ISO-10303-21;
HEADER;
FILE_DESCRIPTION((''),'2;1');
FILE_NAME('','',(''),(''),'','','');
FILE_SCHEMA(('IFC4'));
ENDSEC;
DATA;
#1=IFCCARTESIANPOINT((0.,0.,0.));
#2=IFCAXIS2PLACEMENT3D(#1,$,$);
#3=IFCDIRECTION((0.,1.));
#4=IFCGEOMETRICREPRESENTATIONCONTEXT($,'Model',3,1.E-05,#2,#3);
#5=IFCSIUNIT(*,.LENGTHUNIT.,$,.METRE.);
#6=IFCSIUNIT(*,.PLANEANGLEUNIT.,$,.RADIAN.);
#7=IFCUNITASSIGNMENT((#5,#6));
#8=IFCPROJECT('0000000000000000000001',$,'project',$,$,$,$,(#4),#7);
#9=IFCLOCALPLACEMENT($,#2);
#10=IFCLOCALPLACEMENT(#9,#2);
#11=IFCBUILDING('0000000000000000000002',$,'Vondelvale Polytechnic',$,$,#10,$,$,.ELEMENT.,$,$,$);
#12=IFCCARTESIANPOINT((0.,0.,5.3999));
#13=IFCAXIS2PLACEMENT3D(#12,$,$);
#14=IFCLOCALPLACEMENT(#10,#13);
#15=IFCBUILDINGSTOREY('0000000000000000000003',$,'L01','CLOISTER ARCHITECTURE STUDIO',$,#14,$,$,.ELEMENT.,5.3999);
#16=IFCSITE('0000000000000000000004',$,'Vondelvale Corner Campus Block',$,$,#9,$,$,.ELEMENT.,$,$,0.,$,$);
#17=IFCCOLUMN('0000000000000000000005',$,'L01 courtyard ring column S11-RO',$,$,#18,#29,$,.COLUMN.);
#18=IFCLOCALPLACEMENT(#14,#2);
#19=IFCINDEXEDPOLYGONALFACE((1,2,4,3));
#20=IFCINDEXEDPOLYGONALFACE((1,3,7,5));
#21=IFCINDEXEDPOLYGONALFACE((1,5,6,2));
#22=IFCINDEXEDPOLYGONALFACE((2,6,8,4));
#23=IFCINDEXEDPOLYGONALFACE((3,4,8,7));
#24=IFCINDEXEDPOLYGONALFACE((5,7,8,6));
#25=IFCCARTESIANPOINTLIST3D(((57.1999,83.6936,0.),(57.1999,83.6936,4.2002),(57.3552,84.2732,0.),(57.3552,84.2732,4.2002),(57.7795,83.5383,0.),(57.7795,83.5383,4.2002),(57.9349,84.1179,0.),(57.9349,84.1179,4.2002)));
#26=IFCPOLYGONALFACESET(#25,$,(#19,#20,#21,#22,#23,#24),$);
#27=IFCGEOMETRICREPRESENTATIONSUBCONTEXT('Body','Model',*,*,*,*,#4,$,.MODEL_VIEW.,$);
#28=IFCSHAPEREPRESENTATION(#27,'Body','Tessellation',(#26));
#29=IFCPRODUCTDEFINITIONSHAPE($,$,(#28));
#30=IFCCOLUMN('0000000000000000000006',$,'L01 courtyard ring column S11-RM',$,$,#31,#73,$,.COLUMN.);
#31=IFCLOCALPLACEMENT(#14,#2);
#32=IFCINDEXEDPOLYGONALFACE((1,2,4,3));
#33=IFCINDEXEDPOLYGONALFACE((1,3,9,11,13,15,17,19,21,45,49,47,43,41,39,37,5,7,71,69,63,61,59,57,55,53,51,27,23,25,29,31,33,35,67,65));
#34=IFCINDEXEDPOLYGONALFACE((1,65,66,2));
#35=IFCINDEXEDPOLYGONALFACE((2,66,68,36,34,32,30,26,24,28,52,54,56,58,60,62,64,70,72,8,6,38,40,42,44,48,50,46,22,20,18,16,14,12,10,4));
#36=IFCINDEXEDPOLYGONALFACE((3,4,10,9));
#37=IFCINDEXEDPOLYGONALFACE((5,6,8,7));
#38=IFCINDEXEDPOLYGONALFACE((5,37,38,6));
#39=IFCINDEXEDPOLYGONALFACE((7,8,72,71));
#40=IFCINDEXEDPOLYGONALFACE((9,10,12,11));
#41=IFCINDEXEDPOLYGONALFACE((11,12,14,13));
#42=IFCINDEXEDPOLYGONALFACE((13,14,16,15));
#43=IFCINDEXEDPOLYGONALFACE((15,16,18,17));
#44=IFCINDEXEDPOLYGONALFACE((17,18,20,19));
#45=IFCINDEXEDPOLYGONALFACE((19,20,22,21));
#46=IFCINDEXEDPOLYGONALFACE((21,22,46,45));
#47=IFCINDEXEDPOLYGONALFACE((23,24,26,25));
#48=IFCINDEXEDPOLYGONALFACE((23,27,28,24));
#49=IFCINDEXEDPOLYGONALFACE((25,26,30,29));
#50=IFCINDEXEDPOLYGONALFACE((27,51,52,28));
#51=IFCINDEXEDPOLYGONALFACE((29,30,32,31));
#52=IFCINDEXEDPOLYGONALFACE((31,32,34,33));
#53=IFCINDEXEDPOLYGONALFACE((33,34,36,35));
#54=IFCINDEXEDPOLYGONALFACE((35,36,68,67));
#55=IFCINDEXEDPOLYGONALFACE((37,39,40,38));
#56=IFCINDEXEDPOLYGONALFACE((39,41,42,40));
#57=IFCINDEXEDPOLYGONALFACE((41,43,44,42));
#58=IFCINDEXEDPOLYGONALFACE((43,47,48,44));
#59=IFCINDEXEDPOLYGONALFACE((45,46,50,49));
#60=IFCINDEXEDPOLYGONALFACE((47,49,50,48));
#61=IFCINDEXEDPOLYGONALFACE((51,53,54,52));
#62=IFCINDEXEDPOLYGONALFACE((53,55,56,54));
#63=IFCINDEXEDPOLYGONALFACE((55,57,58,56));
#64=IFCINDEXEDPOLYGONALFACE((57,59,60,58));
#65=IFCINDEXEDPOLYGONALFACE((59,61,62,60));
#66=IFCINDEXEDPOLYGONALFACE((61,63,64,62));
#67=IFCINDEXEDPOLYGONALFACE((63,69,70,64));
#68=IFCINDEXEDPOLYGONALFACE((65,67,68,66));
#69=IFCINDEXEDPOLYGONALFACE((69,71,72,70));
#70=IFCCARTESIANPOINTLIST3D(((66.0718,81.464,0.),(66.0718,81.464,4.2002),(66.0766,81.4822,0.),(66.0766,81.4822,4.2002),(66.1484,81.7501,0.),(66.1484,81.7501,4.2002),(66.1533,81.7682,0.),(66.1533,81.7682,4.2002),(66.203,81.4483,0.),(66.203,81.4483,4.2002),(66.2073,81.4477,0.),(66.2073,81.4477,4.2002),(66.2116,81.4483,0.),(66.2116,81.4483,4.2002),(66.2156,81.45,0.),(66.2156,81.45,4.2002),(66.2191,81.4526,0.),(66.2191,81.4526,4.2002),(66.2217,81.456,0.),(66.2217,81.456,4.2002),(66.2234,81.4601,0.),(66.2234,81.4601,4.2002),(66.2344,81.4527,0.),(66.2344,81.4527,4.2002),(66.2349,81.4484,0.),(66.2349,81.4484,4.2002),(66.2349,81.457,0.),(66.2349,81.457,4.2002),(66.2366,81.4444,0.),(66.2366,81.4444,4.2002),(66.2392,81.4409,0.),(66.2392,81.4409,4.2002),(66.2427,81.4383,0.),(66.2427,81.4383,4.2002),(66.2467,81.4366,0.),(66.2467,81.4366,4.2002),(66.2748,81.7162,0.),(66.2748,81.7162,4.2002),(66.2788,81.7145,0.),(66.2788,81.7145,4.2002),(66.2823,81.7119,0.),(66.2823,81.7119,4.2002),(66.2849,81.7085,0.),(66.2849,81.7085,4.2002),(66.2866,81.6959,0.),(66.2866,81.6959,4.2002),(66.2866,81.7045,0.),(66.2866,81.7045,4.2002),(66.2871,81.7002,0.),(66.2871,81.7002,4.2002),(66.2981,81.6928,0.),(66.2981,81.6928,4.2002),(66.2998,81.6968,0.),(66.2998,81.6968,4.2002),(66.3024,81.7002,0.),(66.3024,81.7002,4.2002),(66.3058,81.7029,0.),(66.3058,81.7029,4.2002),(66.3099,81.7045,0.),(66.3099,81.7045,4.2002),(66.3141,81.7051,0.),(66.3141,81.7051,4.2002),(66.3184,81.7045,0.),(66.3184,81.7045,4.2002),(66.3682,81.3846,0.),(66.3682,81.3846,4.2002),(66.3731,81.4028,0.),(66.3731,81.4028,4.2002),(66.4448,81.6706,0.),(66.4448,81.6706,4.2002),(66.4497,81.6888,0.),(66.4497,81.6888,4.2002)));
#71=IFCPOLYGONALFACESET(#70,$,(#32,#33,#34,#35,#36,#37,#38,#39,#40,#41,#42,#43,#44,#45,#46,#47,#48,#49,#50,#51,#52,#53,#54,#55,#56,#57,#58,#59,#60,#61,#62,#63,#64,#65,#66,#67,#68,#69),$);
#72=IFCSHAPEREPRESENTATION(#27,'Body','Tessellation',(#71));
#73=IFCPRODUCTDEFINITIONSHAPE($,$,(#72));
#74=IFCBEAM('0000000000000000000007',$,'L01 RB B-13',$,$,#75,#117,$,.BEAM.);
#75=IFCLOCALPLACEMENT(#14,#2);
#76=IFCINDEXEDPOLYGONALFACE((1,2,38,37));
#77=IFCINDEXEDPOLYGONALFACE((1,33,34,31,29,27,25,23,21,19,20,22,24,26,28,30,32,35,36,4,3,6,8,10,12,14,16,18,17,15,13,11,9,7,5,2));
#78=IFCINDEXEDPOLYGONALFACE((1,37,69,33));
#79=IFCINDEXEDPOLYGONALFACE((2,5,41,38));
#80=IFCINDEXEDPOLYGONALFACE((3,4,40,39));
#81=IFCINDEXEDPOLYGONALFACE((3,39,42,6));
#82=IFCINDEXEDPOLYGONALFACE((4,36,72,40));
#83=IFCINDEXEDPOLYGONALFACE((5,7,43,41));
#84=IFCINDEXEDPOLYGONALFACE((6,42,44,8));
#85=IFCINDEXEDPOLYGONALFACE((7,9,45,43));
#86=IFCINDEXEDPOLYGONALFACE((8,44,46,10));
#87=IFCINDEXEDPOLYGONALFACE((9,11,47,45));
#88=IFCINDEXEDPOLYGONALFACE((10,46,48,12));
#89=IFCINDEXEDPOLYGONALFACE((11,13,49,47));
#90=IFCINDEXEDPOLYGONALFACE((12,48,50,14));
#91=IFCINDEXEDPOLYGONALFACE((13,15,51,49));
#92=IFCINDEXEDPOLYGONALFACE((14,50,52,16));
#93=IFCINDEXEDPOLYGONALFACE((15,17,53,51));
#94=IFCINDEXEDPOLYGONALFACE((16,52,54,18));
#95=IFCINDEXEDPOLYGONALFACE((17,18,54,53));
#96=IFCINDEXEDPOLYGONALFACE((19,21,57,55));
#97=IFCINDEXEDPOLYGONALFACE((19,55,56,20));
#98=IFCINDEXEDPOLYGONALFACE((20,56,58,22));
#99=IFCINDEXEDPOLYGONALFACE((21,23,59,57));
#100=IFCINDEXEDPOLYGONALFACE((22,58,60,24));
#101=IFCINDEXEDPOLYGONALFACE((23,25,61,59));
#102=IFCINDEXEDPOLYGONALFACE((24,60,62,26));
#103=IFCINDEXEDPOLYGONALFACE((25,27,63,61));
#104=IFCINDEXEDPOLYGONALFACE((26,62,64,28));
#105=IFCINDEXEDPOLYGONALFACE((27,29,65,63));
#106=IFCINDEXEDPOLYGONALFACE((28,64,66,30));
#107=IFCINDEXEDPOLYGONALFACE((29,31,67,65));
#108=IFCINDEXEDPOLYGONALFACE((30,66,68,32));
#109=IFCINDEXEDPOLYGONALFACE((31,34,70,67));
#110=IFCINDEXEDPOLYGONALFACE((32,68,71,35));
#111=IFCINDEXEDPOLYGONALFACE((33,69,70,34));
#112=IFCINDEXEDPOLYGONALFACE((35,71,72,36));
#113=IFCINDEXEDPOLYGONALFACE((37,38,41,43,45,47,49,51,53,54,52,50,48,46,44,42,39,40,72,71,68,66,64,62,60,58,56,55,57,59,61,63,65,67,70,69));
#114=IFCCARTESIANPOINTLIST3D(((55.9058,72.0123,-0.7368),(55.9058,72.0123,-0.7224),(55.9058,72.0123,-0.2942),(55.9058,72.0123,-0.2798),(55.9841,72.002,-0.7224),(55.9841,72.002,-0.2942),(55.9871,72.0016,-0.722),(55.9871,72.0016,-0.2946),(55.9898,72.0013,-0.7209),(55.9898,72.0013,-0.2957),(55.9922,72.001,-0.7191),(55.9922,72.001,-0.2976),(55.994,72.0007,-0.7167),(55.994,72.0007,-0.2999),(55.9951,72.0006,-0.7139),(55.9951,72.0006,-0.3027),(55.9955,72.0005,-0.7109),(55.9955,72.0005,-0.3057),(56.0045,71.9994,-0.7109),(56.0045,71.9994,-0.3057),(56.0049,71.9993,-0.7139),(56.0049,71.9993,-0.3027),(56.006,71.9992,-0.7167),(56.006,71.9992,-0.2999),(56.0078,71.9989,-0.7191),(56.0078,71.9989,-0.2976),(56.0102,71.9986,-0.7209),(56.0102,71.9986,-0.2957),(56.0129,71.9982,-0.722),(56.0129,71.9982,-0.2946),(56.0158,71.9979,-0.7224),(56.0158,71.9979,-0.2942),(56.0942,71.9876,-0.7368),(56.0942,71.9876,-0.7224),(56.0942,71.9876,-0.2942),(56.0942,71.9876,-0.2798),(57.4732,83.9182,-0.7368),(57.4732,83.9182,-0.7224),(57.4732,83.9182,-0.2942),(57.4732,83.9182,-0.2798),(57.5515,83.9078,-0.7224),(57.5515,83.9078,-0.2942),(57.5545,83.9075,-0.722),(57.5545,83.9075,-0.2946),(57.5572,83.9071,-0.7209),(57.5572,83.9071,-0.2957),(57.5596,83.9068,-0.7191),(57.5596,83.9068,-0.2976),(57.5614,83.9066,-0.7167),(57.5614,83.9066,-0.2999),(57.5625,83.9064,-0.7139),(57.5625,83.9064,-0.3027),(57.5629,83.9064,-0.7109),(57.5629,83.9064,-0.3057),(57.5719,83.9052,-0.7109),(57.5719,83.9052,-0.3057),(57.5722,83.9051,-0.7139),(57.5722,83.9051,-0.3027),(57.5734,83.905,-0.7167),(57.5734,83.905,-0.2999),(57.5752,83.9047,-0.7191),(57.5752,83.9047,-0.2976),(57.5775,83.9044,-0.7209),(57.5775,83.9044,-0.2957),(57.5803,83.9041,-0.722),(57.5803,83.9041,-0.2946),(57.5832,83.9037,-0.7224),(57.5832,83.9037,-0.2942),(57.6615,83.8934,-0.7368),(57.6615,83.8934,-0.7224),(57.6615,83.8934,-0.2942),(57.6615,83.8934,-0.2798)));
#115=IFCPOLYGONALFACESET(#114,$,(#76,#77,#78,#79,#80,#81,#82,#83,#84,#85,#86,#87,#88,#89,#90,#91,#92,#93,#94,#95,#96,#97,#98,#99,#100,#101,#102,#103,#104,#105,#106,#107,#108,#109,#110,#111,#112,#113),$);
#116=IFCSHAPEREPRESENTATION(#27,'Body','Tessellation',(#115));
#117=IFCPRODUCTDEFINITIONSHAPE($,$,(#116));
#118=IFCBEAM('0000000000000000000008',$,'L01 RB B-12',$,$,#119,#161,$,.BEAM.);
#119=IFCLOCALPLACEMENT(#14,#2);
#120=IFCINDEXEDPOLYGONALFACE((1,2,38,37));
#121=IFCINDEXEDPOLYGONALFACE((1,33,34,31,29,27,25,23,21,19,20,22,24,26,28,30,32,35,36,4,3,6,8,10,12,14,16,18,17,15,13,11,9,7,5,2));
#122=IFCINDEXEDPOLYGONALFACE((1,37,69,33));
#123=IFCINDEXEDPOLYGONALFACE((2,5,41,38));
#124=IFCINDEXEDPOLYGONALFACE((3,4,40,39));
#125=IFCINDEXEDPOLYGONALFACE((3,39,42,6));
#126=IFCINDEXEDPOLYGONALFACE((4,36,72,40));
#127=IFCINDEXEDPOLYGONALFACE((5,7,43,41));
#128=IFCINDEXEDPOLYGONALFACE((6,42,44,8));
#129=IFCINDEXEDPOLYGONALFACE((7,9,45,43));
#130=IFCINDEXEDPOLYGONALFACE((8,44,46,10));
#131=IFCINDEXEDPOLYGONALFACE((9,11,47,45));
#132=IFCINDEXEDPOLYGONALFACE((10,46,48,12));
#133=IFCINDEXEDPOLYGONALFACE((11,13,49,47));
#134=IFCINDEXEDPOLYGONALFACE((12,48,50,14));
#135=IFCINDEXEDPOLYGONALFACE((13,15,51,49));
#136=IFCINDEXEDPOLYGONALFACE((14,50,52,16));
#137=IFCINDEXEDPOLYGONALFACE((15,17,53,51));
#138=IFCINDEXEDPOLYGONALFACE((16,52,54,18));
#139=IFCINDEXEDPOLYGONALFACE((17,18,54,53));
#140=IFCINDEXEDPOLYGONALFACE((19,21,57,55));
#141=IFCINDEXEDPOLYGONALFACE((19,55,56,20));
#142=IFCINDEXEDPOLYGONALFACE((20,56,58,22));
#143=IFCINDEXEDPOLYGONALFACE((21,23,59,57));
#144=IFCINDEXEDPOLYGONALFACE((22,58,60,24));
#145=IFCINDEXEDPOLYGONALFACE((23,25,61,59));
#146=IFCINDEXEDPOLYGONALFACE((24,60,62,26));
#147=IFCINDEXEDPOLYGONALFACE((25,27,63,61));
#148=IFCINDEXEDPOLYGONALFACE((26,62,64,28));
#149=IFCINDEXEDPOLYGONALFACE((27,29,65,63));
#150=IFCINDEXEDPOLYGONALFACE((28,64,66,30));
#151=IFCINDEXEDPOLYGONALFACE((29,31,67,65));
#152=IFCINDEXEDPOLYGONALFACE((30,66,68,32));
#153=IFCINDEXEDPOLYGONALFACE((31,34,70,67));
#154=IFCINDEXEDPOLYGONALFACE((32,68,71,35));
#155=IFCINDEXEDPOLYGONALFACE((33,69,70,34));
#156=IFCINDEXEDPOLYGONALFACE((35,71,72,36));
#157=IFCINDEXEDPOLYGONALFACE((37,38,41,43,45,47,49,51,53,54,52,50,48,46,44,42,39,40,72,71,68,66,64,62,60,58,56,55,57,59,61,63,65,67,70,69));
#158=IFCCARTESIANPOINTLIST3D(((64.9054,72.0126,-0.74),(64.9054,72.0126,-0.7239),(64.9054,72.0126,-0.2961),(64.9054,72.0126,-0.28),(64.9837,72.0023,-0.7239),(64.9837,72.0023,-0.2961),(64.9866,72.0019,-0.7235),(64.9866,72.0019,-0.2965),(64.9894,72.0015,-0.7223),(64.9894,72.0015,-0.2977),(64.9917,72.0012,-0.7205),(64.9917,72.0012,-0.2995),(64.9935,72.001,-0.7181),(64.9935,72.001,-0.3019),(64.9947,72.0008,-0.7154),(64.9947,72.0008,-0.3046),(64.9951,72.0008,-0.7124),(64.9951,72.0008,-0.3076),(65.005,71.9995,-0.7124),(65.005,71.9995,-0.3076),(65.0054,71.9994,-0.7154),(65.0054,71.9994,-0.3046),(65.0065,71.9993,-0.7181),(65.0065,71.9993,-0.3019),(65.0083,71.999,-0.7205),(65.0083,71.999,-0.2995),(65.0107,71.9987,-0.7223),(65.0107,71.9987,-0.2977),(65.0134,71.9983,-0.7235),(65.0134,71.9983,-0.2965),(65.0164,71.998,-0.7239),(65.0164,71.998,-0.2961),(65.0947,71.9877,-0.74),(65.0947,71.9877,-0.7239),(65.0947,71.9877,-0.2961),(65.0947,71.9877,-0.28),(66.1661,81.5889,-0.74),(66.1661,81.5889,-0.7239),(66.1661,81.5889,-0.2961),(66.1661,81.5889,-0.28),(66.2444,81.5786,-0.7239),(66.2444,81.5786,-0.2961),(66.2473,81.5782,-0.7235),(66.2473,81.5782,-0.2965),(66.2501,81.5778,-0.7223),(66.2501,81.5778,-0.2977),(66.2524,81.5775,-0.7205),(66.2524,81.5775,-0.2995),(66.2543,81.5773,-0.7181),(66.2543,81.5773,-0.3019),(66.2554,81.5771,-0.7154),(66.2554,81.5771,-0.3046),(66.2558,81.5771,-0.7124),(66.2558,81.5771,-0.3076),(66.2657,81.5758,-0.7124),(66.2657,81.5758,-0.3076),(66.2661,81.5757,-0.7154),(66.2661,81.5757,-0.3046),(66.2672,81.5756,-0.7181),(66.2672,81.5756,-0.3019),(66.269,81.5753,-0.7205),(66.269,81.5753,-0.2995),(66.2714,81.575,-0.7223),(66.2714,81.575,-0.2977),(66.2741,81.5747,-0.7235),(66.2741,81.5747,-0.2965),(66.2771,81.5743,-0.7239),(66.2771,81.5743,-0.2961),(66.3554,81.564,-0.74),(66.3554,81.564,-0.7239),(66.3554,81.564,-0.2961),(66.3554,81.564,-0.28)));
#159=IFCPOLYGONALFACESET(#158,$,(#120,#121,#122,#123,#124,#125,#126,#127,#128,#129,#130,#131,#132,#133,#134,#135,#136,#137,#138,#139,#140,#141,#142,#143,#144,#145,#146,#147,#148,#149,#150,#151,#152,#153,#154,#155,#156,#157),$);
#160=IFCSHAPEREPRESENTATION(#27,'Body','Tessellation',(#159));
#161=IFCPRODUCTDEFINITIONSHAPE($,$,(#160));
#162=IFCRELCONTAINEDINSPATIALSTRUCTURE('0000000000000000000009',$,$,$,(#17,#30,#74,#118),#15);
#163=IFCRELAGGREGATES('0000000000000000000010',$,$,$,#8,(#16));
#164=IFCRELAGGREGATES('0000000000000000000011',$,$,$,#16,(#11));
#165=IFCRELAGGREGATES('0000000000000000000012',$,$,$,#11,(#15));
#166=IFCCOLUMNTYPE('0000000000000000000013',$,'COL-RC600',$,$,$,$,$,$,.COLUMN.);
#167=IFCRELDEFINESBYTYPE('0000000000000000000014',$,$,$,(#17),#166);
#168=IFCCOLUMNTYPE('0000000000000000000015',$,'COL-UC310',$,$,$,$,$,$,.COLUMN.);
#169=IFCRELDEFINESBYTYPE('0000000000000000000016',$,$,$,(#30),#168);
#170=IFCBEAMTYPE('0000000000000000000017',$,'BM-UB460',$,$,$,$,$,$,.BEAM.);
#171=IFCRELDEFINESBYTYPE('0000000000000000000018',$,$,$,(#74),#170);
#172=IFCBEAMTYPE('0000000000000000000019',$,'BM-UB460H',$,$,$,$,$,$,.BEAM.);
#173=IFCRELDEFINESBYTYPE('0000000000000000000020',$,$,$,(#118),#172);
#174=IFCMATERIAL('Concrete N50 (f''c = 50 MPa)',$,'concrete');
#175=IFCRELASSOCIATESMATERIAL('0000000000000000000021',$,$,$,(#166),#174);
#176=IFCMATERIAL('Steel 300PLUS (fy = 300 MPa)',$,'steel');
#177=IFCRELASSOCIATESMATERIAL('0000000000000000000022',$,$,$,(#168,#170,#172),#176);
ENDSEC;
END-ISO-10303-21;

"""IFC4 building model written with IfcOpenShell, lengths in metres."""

from ifc_helpers import new_model, si_unit, direction, frame, origin, origin_2d, place, context, subcontext, project, spatial, rectangle, i_section, extrude, material, material_profile, profile_set, type_object, element, save


model = new_model("IFC4")

# Units and contexts
model_context = context("Model", 3, precision=1e-05, world=origin(), true_north=direction((0.0, 1.0)))
body_context = subcontext(model_context, "Body", "Model", "MODEL_VIEW")
ifc_project = project(units=[si_unit("LENGTHUNIT", "METRE"), si_unit("PLANEANGLEUNIT", "RADIAN")], contexts=[model_context])

# Site, building, storey
site_placement = place(None, origin())
site = spatial("IfcSite", under=ifc_project, at=site_placement, Name="Vondelvale Corner Campus Block", CompositionType="ELEMENT", RefElevation=0.0)
building_placement = place(site_placement, origin())
building = spatial("IfcBuilding", under=site, at=building_placement, Name="Vondelvale Polytechnic", CompositionType="ELEMENT")
storey_placement = place(building_placement, frame((0.0, 0.0, 5.3999)))
storey = spatial("IfcBuildingStorey", under=building, at=storey_placement, Name="L01", Description="CLOISTER ARCHITECTURE STUDIO", CompositionType="ELEMENT", Elevation=5.3999)

# Columns
ifc_material_1 = material(Name="Concrete N50 (f'c = 50 MPa)", Category="concrete")
ifc_material_profile_1 = material_profile(ifc_material_1, rectangle(XDim=0.6001, YDim=0.6001, at=origin_2d()), Name="RC-COL-600x600")
ifc_profile_set_1 = profile_set([ifc_material_profile_1], Name="Concrete N50 (f'c = 50 MPa)")
column_type_1 = type_object("IfcColumnType", Name="COL-RC600", PredefinedType="COLUMN", material=ifc_profile_set_1)
column_1_placement = place(storey_placement, frame((57.5674, 83.9058, 0.0), z_axis=(0.0, 0.0, 1.0), x_axis=(-0.965926, 0.258819, 0.0)))
element("IfcColumn", 1, at=column_1_placement, inside=storey, type_object=column_type_1, Name="L01 courtyard ring column S11-RO", PredefinedType="COLUMN", context=body_context, shape_type="SweptSolid", body=[
    extrude(rectangle(XDim=0.6001, YDim=0.6001, at=origin_2d()), origin(), (0.0, 0.0, 1.0), 4.2002),
])
ifc_material_2 = material(Name="Steel 300PLUS (fy = 300 MPa)", Category="steel")
ifc_material_profile_2 = material_profile(ifc_material_2, i_section(OverallWidth=0.3069, OverallDepth=0.3149, WebThickness=0.012, FlangeThickness=0.0188, FilletRadius=0.0166, at=origin_2d()), Name="310UC118")
ifc_profile_set_2 = profile_set([ifc_material_profile_2], Name="Steel 300PLUS (fy = 300 MPa)")
column_type_2 = type_object("IfcColumnType", Name="COL-UC310", PredefinedType="COLUMN", material=ifc_profile_set_2)
column_2_placement = place(storey_placement, frame((66.2607, 81.5764, 0.0), z_axis=(0.0, 0.0, 1.0), x_axis=(-0.965926, 0.258819, 0.0)))
element("IfcColumn", 2, at=column_2_placement, inside=storey, type_object=column_type_2, Name="L01 courtyard ring column S11-RM", PredefinedType="COLUMN", context=body_context, shape_type="SweptSolid", body=[
    extrude(i_section(OverallWidth=0.3069, OverallDepth=0.3149, WebThickness=0.012, FlangeThickness=0.0188, FilletRadius=0.0166, at=origin_2d()), origin(), (0.0, 0.0, 1.0), 4.2002),
])

# Beams
ifc_material_profile_3 = material_profile(ifc_material_2, i_section(OverallWidth=0.1899, OverallDepth=0.457, WebThickness=0.009, FlangeThickness=0.0144, FilletRadius=0.0115, at=origin_2d()), Name="460UB74.6")
ifc_profile_set_3 = profile_set([ifc_material_profile_3], Name="Steel 300PLUS (fy = 300 MPa)")
beam_type_1 = type_object("IfcBeamType", Name="BM-UB460", PredefinedType="BEAM", material=ifc_profile_set_3)
beam_1_placement = place(storey_placement, frame((57.5674, 83.9058, -0.5083), z_axis=(-0.130523, -0.991445, 0.0), x_axis=(0.991445, -0.130523, 0.0)))
element("IfcBeam", 3, at=beam_1_placement, inside=storey, type_object=beam_type_1, Name="L01 RB B-13", PredefinedType="BEAM", context=body_context, shape_type="SweptSolid", body=[
    extrude(i_section(OverallWidth=0.1899, OverallDepth=0.457, WebThickness=0.009, FlangeThickness=0.0144, FilletRadius=0.0115, at=origin_2d()), origin(), (0.0, 0.0, 1.0), 12.0085),
])
ifc_material_profile_4 = material_profile(ifc_material_2, i_section(OverallWidth=0.1909, OverallDepth=0.46, WebThickness=0.01, FlangeThickness=0.0161, FilletRadius=0.0115, at=origin_2d()), Name="460UB82.1")
ifc_profile_set_4 = profile_set([ifc_material_profile_4], Name="Steel 300PLUS (fy = 300 MPa)")
beam_type_2 = type_object("IfcBeamType", Name="BM-UB460H", PredefinedType="BEAM", material=ifc_profile_set_4)
beam_2_placement = place(storey_placement, frame((66.2607, 81.5764, -0.51), z_axis=(-0.130524, -0.991445, 0.0), x_axis=(0.991445, -0.130524, 0.0)))
element("IfcBeam", 4, at=beam_2_placement, inside=storey, type_object=beam_type_2, Name="L01 RB B-12", PredefinedType="BEAM", context=body_context, shape_type="SweptSolid", body=[
    extrude(i_section(OverallWidth=0.1909, OverallDepth=0.46, WebThickness=0.01, FlangeThickness=0.0161, FilletRadius=0.0115, at=origin_2d()), origin(), (0.0, 0.0, 1.0), 9.6589),
])

save(model, "model.ifc")
